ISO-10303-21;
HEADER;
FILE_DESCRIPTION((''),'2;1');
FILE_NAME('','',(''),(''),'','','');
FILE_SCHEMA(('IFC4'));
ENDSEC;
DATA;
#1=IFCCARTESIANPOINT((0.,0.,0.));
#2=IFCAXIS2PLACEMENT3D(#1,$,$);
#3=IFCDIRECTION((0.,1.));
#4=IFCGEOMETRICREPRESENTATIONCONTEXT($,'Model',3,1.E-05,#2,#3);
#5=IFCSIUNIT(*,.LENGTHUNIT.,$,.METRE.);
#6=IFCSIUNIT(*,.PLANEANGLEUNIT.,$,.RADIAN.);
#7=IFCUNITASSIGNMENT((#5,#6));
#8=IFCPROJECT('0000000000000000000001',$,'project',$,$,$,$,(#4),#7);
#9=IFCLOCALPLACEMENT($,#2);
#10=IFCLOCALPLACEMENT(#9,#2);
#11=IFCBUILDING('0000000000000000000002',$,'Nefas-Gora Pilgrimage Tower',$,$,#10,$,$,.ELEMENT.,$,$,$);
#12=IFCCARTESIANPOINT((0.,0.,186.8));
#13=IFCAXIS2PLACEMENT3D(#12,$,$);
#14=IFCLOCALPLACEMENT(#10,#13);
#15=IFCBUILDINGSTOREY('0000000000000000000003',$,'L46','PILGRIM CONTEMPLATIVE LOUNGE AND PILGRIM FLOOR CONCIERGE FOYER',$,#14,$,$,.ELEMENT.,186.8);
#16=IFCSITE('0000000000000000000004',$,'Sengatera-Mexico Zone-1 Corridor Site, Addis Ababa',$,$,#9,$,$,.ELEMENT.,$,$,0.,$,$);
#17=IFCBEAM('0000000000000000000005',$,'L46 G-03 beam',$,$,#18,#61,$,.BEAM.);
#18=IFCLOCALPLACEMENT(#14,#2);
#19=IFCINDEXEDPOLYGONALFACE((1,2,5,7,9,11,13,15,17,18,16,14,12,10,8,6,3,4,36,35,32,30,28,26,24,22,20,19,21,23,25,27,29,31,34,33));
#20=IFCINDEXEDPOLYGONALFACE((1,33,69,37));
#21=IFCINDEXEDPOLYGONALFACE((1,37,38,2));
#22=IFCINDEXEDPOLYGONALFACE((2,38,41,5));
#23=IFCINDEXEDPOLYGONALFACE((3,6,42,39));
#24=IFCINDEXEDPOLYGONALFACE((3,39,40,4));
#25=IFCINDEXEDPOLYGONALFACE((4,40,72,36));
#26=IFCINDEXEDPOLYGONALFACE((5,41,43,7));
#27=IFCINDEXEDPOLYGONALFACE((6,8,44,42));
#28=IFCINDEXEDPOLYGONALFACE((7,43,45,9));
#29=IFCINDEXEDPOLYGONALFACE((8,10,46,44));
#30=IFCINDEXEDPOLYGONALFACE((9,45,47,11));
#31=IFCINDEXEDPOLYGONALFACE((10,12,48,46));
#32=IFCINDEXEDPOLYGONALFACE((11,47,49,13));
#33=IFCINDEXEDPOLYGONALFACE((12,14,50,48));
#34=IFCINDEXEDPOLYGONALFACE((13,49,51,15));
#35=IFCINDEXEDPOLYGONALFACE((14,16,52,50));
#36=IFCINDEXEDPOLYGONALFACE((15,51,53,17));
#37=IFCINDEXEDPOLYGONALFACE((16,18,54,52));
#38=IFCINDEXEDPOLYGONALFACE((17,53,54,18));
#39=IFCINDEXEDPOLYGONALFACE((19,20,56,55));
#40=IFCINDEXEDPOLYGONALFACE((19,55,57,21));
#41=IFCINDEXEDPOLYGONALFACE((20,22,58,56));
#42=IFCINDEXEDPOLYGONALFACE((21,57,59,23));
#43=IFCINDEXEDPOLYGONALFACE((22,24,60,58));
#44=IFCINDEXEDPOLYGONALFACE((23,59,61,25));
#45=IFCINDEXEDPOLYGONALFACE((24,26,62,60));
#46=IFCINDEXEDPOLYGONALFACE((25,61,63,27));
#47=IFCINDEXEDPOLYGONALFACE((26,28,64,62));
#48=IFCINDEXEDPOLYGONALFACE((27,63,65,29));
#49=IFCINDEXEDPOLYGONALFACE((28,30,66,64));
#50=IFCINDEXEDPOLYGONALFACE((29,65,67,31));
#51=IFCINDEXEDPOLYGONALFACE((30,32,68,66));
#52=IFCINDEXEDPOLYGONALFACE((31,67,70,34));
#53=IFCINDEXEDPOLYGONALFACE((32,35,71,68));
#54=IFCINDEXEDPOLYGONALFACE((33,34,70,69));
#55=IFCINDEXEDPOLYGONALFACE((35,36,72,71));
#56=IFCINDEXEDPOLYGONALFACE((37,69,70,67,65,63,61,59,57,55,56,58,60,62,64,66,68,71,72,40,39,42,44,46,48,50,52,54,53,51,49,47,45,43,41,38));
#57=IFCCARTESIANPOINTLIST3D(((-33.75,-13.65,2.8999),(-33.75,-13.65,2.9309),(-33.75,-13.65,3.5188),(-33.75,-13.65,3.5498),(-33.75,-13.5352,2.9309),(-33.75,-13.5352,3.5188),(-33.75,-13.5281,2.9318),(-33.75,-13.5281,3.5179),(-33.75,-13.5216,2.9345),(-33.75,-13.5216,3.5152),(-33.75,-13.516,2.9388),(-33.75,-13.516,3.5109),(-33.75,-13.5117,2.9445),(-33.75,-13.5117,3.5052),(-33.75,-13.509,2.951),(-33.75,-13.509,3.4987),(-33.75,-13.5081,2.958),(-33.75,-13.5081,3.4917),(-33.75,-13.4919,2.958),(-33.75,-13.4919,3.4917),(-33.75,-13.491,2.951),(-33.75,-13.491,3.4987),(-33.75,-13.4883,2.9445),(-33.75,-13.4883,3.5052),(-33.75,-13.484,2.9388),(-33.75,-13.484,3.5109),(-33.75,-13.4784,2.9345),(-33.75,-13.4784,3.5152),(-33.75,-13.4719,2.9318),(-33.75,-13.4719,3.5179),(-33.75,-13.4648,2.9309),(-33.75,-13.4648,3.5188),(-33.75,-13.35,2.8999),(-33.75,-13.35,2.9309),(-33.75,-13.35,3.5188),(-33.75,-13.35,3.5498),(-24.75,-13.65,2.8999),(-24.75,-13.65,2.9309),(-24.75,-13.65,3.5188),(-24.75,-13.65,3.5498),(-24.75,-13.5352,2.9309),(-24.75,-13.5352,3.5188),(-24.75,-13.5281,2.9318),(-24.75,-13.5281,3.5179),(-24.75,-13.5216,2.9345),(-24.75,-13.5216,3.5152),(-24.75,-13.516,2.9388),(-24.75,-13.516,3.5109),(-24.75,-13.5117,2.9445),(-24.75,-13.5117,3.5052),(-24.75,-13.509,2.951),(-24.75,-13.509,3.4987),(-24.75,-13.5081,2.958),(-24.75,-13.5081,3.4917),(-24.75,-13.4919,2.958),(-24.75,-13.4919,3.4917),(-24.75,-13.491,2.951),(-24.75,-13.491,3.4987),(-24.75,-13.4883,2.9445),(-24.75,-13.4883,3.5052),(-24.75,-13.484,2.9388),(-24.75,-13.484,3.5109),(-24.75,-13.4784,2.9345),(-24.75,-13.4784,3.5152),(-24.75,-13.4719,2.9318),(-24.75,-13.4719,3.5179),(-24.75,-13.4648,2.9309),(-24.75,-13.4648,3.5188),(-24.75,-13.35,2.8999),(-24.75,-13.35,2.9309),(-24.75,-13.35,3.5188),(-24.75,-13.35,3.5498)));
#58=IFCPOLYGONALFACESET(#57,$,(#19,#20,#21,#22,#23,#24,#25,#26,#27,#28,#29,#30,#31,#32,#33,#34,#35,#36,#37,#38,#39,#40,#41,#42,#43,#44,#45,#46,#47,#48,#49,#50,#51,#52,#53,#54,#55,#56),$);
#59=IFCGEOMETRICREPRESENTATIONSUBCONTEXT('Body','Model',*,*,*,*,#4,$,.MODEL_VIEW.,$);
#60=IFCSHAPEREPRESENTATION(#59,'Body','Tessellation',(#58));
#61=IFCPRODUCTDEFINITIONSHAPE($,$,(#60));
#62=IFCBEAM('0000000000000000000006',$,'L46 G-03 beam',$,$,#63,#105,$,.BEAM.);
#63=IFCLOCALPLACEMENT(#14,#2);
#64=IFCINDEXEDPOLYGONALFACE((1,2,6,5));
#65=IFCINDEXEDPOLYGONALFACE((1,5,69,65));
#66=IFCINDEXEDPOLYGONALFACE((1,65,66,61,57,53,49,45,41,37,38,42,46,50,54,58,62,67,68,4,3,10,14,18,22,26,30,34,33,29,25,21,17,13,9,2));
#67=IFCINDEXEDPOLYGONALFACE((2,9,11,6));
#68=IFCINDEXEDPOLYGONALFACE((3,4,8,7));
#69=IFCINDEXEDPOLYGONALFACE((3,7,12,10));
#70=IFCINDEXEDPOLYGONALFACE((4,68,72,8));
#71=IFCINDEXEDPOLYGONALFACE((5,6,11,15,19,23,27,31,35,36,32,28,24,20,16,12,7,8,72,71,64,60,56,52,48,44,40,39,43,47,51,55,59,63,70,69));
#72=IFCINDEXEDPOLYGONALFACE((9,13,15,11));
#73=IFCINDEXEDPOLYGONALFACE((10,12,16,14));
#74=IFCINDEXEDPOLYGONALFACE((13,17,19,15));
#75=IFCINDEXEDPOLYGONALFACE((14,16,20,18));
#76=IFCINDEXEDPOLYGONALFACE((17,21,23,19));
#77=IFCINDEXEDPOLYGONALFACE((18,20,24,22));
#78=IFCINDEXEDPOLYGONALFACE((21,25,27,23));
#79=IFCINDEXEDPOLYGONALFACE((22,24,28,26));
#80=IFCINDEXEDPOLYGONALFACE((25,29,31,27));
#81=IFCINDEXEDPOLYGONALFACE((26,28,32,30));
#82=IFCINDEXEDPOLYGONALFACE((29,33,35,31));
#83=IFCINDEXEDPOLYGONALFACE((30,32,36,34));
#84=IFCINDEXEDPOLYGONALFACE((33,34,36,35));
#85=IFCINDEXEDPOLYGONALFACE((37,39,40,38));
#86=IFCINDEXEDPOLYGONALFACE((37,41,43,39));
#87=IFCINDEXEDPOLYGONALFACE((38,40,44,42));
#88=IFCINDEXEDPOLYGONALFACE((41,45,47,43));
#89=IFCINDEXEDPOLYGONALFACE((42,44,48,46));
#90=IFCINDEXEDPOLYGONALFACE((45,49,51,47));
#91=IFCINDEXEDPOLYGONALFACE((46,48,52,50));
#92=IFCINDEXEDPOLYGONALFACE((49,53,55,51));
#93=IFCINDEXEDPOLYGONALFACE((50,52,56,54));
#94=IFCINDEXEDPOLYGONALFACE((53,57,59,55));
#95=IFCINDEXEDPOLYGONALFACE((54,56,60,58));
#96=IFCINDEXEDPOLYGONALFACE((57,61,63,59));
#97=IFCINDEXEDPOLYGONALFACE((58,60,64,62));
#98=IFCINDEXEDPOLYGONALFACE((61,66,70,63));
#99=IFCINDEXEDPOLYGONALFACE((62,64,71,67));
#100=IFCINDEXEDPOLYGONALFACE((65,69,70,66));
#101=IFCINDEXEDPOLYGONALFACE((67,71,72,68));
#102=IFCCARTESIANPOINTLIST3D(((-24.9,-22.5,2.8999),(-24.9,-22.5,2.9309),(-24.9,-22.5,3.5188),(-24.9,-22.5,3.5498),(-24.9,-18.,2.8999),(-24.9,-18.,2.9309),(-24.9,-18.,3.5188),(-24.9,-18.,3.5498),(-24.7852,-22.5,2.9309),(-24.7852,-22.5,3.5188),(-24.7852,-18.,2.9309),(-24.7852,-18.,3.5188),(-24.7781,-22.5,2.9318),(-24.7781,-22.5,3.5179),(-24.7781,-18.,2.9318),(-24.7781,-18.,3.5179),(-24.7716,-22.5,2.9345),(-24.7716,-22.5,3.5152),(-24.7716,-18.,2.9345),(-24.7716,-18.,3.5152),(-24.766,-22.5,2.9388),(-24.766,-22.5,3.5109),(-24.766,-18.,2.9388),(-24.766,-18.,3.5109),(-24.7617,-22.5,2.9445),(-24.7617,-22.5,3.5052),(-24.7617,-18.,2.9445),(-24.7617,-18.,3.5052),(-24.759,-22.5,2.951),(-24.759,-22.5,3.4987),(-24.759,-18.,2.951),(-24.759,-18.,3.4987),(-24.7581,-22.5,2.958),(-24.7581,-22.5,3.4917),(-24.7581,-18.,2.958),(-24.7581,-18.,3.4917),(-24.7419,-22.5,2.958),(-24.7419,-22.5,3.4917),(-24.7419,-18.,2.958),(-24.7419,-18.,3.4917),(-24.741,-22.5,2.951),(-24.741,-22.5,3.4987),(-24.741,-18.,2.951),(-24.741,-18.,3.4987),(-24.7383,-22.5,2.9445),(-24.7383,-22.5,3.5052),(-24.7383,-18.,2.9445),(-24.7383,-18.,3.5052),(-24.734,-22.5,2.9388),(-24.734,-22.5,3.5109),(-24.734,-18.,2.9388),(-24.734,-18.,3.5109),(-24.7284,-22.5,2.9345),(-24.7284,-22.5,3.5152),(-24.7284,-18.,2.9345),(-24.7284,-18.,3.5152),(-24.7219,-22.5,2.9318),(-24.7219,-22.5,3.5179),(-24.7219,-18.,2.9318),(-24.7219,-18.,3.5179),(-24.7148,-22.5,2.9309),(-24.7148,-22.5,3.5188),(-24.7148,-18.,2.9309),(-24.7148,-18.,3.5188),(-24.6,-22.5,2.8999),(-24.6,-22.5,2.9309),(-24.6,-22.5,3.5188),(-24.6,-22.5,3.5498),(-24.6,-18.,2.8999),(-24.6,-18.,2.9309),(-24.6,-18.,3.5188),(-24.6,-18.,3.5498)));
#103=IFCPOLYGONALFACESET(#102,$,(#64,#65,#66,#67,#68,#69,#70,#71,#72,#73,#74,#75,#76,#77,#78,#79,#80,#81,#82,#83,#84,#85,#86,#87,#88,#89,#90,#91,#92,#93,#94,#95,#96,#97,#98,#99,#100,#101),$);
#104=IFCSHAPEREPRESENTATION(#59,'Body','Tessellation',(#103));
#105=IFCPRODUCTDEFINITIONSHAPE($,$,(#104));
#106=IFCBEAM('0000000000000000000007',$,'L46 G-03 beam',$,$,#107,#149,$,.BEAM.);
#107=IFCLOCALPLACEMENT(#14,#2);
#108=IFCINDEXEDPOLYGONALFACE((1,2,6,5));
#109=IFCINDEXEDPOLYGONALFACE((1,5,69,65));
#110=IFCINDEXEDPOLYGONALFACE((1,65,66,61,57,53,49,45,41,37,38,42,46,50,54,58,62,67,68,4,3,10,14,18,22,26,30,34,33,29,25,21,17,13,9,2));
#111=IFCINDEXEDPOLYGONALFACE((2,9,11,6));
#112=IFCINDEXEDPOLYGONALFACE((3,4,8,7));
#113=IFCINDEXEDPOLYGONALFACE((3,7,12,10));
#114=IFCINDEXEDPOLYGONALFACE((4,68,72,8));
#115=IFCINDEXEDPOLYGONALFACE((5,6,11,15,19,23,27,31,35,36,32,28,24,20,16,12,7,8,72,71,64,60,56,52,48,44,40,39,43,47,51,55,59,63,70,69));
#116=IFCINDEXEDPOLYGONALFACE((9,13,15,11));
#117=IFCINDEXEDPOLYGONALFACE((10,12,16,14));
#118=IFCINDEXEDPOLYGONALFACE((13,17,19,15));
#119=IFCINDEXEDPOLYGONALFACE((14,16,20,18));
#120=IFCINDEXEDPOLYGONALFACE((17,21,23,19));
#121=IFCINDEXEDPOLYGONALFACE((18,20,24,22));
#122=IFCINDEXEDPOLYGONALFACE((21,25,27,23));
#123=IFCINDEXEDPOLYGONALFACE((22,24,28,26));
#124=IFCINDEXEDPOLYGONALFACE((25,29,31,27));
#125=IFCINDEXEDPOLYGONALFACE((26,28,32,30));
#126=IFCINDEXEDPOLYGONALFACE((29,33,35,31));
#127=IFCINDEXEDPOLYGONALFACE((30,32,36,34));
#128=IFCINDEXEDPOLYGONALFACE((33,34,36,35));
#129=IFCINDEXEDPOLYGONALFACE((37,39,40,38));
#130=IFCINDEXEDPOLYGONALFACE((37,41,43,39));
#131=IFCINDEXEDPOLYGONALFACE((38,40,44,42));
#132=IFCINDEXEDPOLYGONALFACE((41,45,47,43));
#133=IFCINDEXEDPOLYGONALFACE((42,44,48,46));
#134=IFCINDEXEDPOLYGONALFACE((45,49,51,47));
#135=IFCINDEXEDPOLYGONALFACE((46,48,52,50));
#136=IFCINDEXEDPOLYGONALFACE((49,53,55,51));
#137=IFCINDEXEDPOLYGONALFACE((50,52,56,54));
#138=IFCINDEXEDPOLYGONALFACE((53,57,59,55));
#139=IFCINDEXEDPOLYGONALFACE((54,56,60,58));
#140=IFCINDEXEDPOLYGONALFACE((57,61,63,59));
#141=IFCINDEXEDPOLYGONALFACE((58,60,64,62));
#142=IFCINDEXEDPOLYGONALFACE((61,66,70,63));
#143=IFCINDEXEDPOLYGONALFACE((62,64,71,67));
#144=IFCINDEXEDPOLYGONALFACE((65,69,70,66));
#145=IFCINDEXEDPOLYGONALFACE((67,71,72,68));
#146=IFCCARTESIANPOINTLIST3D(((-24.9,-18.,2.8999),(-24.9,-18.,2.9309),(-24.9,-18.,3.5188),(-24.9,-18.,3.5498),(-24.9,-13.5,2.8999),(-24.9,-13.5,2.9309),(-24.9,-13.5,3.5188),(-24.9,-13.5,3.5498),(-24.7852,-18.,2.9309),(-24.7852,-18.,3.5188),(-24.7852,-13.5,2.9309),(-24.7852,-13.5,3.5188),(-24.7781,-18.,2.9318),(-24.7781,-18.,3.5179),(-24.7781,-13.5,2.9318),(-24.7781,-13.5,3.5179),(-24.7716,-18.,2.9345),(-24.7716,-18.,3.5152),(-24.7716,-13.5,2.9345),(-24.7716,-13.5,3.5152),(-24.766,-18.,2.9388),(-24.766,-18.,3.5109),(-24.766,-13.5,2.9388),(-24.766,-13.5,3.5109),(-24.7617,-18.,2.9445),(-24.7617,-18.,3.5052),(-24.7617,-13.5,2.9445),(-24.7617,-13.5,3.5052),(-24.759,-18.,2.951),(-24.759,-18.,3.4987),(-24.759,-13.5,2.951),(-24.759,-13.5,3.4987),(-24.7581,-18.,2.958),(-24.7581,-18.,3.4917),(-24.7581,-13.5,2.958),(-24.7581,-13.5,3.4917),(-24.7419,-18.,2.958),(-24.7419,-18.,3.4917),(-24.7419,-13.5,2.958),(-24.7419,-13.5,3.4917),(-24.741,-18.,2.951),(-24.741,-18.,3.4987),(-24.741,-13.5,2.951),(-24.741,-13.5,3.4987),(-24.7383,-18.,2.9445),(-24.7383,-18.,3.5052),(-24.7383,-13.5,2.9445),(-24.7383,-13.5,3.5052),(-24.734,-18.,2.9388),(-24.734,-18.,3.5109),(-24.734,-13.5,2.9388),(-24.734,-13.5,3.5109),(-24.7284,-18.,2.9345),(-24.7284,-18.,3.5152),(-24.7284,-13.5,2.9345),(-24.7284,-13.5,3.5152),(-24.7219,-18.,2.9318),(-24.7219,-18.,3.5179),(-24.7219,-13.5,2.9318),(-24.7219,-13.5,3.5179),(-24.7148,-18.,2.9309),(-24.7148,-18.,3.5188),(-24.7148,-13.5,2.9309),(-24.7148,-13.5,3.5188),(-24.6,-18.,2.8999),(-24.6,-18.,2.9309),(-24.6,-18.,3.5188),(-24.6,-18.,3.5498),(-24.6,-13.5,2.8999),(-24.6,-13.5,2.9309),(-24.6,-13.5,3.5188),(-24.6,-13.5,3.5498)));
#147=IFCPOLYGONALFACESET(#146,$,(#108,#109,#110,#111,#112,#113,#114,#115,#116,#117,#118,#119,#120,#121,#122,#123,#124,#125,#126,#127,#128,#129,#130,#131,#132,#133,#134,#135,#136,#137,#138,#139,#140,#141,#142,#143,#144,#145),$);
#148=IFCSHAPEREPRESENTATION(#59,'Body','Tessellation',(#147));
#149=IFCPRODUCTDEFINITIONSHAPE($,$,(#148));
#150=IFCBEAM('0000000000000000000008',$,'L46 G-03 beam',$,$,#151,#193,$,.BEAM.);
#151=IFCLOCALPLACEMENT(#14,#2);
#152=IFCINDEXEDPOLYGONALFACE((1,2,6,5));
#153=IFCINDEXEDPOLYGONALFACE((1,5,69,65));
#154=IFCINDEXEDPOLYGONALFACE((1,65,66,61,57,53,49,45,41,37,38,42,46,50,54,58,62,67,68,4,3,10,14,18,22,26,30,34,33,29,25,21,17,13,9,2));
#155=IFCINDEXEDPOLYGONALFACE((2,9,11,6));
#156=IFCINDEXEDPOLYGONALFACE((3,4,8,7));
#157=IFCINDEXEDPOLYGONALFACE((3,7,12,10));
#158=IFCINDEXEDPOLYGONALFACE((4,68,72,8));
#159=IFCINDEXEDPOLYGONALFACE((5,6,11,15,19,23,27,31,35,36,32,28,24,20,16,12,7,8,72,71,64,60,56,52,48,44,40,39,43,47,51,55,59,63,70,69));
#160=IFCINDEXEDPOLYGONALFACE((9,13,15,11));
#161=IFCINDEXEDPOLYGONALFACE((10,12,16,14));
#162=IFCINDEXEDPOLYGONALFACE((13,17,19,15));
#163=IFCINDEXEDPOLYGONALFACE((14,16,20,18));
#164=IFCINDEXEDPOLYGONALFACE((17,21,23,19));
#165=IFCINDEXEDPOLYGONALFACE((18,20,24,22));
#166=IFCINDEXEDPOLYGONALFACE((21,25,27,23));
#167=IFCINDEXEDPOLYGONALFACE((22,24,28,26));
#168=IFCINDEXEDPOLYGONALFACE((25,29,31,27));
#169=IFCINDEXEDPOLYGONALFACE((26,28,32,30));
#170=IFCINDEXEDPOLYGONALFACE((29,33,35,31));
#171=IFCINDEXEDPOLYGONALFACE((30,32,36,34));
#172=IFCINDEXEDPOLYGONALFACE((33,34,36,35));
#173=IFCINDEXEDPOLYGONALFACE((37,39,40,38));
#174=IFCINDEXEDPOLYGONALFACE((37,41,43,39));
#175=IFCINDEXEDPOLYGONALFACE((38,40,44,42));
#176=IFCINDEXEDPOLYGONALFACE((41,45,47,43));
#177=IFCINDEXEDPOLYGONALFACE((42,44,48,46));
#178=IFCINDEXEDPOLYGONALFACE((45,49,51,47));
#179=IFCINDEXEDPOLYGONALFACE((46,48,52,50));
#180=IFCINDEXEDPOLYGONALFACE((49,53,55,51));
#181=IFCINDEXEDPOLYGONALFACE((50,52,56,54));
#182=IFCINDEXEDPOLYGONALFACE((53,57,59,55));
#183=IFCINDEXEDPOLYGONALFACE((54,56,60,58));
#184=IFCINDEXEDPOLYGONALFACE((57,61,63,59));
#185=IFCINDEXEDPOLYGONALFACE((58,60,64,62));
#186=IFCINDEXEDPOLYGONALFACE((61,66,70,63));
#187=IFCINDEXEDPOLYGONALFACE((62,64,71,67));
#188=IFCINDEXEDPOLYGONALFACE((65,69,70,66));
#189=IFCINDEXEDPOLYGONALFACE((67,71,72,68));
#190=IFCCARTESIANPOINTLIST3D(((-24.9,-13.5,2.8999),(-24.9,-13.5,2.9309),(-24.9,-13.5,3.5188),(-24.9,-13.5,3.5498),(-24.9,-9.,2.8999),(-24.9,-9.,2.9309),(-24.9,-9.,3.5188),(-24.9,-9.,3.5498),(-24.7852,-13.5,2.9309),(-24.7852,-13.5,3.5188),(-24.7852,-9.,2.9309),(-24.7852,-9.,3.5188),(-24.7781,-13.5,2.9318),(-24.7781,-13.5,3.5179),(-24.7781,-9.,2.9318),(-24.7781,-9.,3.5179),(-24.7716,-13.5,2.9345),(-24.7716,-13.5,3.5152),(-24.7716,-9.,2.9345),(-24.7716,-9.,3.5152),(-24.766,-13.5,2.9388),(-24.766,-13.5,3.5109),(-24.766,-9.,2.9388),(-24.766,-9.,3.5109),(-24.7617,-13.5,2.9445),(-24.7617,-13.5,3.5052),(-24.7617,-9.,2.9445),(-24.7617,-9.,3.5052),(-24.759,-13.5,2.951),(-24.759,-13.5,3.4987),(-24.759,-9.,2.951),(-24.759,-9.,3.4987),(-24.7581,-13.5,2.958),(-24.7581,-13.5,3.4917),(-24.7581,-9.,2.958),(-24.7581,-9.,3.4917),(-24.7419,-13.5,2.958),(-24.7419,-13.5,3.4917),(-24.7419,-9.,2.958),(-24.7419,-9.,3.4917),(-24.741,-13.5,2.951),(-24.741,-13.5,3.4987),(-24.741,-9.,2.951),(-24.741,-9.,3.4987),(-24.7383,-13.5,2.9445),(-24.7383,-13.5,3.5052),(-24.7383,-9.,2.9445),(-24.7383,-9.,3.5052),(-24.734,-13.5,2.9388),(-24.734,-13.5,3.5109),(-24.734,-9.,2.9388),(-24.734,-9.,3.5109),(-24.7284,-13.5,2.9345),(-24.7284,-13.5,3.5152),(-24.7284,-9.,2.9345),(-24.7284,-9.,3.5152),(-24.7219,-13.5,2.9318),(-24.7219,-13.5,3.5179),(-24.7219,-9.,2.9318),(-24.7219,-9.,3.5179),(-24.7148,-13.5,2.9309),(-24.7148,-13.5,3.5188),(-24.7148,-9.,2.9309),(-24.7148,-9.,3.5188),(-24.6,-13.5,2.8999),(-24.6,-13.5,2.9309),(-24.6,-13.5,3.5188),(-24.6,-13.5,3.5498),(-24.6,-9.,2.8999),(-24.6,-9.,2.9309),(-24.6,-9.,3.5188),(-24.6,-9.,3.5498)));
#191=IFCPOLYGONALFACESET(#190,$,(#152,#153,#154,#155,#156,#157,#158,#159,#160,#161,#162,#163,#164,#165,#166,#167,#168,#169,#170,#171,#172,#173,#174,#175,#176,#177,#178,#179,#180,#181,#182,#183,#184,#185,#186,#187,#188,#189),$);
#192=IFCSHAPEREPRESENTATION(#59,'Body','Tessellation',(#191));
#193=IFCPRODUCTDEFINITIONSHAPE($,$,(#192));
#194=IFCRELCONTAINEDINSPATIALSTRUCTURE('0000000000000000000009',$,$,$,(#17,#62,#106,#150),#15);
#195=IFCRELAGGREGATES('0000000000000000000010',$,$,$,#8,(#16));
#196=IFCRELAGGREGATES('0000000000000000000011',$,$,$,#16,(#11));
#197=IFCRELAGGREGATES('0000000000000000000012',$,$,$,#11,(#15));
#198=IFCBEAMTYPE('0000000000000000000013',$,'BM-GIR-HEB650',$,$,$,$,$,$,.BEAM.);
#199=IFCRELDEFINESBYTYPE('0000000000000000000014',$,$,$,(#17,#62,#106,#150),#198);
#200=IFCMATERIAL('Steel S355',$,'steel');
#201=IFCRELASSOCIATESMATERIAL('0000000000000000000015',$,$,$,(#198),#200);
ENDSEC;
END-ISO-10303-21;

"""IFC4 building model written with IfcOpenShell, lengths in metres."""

from ifc_helpers import new_model, si_unit, direction, frame, origin, origin_2d, place, context, subcontext, project, spatial, i_section, extrude, source, transform, mapped, material, material_profile, profile_set, type_object, element, save


model = new_model("IFC4")

# Units and contexts
model_context = context("Model", 3, precision=1e-05, world=origin(), true_north=direction((0.0, 1.0)))
body_context = subcontext(model_context, "Body", "Model", "MODEL_VIEW")
ifc_project = project(units=[si_unit("LENGTHUNIT", "METRE"), si_unit("PLANEANGLEUNIT", "RADIAN")], contexts=[model_context])

# Site, building, storey
site_placement = place(None, origin())
site = spatial("IfcSite", under=ifc_project, at=site_placement, Name="Sengatera-Mexico Zone-1 Corridor Site, Addis Ababa", CompositionType="ELEMENT", RefElevation=0.0)
building_placement = place(site_placement, origin())
building = spatial("IfcBuilding", under=site, at=building_placement, Name="Nefas-Gora Pilgrimage Tower", CompositionType="ELEMENT")
storey_placement = place(building_placement, frame((0.0, 0.0, 186.8)))
storey = spatial("IfcBuildingStorey", under=building, at=storey_placement, Name="L46", Description="PILGRIM CONTEMPLATIVE LOUNGE AND PILGRIM FLOOR CONCIERGE FOYER", CompositionType="ELEMENT", Elevation=186.8)

# Beams
ifc_material_1 = material(Name="Steel S355", Category="steel")
ifc_material_profile_1 = material_profile(ifc_material_1, i_section(OverallWidth=0.3, OverallDepth=0.6499, WebThickness=0.0161, FlangeThickness=0.031, FilletRadius=0.0271, at=origin_2d()), Name="HEB 650")
ifc_profile_set_1 = profile_set([ifc_material_profile_1], Name="Steel S355")
beam_type_1 = type_object("IfcBeamType", Name="BM-GIR-HEB650", PredefinedType="BEAM", material=ifc_profile_set_1)
shared_shape_1 = source(origin(), body_context, "Body", "SweptSolid", [
    extrude(i_section(OverallWidth=0.3, OverallDepth=0.6499, WebThickness=0.0161, FlangeThickness=0.031, FilletRadius=0.0271, at=origin_2d()), origin(), (0.0, 0.0, 1.0), 9.0),
])
beam_placement = place(storey_placement, frame((-33.75, -13.5, 3.2249), z_axis=(1.0, 0.0, 0.0), x_axis=(0.0, 1.0, 0.0)))
element("IfcBeam", 1, at=beam_placement, inside=storey, type_object=beam_type_1, Name="L46 G-03 beam", PredefinedType="BEAM", context=body_context, shape_type="MappedRepresentation", body=[
    mapped(shared_shape_1, transform((0.0, 0.0, 0.0), x_axis=(1.0, 0.0, 0.0), y_axis=(0.0, 1.0, 0.0), z_axis=(0.0, 0.0, 1.0), scale=1.0)),
])
shared_shape_2 = source(origin(), body_context, "Body", "SweptSolid", [
    extrude(i_section(OverallWidth=0.3, OverallDepth=0.6499, WebThickness=0.0161, FlangeThickness=0.031, FilletRadius=0.0271, at=origin_2d()), origin(), (0.0, 0.0, 1.0), 4.5),
])
for number, where, z_axis, x_axis, name in (
    (2, (-24.75, -22.5, 3.2249), (0.0, 1.0, 0.0), (-1.0, 0.0, 0.0), "L46 G-03 beam"),
    (3, (-24.75, -18.0, 3.2249), (0.0, 1.0, 0.0), (-1.0, 0.0, 0.0), "L46 G-03 beam"),
    (4, (-24.75, -13.5, 3.2249), (0.0, 1.0, 0.0), (-1.0, 0.0, 0.0), "L46 G-03 beam"),
):
    element("IfcBeam", number, at=place(storey_placement, frame(where, z_axis=z_axis, x_axis=x_axis)), inside=storey, type_object=beam_type_1, Name=name, PredefinedType="BEAM", context=body_context, shape_type="MappedRepresentation", body=[
        mapped(shared_shape_2, transform((0.0, 0.0, 0.0), x_axis=(1.0, 0.0, 0.0), y_axis=(0.0, 1.0, 0.0), z_axis=(0.0, 0.0, 1.0), scale=1.0)),
    ])

save(model, "model.ifc")
